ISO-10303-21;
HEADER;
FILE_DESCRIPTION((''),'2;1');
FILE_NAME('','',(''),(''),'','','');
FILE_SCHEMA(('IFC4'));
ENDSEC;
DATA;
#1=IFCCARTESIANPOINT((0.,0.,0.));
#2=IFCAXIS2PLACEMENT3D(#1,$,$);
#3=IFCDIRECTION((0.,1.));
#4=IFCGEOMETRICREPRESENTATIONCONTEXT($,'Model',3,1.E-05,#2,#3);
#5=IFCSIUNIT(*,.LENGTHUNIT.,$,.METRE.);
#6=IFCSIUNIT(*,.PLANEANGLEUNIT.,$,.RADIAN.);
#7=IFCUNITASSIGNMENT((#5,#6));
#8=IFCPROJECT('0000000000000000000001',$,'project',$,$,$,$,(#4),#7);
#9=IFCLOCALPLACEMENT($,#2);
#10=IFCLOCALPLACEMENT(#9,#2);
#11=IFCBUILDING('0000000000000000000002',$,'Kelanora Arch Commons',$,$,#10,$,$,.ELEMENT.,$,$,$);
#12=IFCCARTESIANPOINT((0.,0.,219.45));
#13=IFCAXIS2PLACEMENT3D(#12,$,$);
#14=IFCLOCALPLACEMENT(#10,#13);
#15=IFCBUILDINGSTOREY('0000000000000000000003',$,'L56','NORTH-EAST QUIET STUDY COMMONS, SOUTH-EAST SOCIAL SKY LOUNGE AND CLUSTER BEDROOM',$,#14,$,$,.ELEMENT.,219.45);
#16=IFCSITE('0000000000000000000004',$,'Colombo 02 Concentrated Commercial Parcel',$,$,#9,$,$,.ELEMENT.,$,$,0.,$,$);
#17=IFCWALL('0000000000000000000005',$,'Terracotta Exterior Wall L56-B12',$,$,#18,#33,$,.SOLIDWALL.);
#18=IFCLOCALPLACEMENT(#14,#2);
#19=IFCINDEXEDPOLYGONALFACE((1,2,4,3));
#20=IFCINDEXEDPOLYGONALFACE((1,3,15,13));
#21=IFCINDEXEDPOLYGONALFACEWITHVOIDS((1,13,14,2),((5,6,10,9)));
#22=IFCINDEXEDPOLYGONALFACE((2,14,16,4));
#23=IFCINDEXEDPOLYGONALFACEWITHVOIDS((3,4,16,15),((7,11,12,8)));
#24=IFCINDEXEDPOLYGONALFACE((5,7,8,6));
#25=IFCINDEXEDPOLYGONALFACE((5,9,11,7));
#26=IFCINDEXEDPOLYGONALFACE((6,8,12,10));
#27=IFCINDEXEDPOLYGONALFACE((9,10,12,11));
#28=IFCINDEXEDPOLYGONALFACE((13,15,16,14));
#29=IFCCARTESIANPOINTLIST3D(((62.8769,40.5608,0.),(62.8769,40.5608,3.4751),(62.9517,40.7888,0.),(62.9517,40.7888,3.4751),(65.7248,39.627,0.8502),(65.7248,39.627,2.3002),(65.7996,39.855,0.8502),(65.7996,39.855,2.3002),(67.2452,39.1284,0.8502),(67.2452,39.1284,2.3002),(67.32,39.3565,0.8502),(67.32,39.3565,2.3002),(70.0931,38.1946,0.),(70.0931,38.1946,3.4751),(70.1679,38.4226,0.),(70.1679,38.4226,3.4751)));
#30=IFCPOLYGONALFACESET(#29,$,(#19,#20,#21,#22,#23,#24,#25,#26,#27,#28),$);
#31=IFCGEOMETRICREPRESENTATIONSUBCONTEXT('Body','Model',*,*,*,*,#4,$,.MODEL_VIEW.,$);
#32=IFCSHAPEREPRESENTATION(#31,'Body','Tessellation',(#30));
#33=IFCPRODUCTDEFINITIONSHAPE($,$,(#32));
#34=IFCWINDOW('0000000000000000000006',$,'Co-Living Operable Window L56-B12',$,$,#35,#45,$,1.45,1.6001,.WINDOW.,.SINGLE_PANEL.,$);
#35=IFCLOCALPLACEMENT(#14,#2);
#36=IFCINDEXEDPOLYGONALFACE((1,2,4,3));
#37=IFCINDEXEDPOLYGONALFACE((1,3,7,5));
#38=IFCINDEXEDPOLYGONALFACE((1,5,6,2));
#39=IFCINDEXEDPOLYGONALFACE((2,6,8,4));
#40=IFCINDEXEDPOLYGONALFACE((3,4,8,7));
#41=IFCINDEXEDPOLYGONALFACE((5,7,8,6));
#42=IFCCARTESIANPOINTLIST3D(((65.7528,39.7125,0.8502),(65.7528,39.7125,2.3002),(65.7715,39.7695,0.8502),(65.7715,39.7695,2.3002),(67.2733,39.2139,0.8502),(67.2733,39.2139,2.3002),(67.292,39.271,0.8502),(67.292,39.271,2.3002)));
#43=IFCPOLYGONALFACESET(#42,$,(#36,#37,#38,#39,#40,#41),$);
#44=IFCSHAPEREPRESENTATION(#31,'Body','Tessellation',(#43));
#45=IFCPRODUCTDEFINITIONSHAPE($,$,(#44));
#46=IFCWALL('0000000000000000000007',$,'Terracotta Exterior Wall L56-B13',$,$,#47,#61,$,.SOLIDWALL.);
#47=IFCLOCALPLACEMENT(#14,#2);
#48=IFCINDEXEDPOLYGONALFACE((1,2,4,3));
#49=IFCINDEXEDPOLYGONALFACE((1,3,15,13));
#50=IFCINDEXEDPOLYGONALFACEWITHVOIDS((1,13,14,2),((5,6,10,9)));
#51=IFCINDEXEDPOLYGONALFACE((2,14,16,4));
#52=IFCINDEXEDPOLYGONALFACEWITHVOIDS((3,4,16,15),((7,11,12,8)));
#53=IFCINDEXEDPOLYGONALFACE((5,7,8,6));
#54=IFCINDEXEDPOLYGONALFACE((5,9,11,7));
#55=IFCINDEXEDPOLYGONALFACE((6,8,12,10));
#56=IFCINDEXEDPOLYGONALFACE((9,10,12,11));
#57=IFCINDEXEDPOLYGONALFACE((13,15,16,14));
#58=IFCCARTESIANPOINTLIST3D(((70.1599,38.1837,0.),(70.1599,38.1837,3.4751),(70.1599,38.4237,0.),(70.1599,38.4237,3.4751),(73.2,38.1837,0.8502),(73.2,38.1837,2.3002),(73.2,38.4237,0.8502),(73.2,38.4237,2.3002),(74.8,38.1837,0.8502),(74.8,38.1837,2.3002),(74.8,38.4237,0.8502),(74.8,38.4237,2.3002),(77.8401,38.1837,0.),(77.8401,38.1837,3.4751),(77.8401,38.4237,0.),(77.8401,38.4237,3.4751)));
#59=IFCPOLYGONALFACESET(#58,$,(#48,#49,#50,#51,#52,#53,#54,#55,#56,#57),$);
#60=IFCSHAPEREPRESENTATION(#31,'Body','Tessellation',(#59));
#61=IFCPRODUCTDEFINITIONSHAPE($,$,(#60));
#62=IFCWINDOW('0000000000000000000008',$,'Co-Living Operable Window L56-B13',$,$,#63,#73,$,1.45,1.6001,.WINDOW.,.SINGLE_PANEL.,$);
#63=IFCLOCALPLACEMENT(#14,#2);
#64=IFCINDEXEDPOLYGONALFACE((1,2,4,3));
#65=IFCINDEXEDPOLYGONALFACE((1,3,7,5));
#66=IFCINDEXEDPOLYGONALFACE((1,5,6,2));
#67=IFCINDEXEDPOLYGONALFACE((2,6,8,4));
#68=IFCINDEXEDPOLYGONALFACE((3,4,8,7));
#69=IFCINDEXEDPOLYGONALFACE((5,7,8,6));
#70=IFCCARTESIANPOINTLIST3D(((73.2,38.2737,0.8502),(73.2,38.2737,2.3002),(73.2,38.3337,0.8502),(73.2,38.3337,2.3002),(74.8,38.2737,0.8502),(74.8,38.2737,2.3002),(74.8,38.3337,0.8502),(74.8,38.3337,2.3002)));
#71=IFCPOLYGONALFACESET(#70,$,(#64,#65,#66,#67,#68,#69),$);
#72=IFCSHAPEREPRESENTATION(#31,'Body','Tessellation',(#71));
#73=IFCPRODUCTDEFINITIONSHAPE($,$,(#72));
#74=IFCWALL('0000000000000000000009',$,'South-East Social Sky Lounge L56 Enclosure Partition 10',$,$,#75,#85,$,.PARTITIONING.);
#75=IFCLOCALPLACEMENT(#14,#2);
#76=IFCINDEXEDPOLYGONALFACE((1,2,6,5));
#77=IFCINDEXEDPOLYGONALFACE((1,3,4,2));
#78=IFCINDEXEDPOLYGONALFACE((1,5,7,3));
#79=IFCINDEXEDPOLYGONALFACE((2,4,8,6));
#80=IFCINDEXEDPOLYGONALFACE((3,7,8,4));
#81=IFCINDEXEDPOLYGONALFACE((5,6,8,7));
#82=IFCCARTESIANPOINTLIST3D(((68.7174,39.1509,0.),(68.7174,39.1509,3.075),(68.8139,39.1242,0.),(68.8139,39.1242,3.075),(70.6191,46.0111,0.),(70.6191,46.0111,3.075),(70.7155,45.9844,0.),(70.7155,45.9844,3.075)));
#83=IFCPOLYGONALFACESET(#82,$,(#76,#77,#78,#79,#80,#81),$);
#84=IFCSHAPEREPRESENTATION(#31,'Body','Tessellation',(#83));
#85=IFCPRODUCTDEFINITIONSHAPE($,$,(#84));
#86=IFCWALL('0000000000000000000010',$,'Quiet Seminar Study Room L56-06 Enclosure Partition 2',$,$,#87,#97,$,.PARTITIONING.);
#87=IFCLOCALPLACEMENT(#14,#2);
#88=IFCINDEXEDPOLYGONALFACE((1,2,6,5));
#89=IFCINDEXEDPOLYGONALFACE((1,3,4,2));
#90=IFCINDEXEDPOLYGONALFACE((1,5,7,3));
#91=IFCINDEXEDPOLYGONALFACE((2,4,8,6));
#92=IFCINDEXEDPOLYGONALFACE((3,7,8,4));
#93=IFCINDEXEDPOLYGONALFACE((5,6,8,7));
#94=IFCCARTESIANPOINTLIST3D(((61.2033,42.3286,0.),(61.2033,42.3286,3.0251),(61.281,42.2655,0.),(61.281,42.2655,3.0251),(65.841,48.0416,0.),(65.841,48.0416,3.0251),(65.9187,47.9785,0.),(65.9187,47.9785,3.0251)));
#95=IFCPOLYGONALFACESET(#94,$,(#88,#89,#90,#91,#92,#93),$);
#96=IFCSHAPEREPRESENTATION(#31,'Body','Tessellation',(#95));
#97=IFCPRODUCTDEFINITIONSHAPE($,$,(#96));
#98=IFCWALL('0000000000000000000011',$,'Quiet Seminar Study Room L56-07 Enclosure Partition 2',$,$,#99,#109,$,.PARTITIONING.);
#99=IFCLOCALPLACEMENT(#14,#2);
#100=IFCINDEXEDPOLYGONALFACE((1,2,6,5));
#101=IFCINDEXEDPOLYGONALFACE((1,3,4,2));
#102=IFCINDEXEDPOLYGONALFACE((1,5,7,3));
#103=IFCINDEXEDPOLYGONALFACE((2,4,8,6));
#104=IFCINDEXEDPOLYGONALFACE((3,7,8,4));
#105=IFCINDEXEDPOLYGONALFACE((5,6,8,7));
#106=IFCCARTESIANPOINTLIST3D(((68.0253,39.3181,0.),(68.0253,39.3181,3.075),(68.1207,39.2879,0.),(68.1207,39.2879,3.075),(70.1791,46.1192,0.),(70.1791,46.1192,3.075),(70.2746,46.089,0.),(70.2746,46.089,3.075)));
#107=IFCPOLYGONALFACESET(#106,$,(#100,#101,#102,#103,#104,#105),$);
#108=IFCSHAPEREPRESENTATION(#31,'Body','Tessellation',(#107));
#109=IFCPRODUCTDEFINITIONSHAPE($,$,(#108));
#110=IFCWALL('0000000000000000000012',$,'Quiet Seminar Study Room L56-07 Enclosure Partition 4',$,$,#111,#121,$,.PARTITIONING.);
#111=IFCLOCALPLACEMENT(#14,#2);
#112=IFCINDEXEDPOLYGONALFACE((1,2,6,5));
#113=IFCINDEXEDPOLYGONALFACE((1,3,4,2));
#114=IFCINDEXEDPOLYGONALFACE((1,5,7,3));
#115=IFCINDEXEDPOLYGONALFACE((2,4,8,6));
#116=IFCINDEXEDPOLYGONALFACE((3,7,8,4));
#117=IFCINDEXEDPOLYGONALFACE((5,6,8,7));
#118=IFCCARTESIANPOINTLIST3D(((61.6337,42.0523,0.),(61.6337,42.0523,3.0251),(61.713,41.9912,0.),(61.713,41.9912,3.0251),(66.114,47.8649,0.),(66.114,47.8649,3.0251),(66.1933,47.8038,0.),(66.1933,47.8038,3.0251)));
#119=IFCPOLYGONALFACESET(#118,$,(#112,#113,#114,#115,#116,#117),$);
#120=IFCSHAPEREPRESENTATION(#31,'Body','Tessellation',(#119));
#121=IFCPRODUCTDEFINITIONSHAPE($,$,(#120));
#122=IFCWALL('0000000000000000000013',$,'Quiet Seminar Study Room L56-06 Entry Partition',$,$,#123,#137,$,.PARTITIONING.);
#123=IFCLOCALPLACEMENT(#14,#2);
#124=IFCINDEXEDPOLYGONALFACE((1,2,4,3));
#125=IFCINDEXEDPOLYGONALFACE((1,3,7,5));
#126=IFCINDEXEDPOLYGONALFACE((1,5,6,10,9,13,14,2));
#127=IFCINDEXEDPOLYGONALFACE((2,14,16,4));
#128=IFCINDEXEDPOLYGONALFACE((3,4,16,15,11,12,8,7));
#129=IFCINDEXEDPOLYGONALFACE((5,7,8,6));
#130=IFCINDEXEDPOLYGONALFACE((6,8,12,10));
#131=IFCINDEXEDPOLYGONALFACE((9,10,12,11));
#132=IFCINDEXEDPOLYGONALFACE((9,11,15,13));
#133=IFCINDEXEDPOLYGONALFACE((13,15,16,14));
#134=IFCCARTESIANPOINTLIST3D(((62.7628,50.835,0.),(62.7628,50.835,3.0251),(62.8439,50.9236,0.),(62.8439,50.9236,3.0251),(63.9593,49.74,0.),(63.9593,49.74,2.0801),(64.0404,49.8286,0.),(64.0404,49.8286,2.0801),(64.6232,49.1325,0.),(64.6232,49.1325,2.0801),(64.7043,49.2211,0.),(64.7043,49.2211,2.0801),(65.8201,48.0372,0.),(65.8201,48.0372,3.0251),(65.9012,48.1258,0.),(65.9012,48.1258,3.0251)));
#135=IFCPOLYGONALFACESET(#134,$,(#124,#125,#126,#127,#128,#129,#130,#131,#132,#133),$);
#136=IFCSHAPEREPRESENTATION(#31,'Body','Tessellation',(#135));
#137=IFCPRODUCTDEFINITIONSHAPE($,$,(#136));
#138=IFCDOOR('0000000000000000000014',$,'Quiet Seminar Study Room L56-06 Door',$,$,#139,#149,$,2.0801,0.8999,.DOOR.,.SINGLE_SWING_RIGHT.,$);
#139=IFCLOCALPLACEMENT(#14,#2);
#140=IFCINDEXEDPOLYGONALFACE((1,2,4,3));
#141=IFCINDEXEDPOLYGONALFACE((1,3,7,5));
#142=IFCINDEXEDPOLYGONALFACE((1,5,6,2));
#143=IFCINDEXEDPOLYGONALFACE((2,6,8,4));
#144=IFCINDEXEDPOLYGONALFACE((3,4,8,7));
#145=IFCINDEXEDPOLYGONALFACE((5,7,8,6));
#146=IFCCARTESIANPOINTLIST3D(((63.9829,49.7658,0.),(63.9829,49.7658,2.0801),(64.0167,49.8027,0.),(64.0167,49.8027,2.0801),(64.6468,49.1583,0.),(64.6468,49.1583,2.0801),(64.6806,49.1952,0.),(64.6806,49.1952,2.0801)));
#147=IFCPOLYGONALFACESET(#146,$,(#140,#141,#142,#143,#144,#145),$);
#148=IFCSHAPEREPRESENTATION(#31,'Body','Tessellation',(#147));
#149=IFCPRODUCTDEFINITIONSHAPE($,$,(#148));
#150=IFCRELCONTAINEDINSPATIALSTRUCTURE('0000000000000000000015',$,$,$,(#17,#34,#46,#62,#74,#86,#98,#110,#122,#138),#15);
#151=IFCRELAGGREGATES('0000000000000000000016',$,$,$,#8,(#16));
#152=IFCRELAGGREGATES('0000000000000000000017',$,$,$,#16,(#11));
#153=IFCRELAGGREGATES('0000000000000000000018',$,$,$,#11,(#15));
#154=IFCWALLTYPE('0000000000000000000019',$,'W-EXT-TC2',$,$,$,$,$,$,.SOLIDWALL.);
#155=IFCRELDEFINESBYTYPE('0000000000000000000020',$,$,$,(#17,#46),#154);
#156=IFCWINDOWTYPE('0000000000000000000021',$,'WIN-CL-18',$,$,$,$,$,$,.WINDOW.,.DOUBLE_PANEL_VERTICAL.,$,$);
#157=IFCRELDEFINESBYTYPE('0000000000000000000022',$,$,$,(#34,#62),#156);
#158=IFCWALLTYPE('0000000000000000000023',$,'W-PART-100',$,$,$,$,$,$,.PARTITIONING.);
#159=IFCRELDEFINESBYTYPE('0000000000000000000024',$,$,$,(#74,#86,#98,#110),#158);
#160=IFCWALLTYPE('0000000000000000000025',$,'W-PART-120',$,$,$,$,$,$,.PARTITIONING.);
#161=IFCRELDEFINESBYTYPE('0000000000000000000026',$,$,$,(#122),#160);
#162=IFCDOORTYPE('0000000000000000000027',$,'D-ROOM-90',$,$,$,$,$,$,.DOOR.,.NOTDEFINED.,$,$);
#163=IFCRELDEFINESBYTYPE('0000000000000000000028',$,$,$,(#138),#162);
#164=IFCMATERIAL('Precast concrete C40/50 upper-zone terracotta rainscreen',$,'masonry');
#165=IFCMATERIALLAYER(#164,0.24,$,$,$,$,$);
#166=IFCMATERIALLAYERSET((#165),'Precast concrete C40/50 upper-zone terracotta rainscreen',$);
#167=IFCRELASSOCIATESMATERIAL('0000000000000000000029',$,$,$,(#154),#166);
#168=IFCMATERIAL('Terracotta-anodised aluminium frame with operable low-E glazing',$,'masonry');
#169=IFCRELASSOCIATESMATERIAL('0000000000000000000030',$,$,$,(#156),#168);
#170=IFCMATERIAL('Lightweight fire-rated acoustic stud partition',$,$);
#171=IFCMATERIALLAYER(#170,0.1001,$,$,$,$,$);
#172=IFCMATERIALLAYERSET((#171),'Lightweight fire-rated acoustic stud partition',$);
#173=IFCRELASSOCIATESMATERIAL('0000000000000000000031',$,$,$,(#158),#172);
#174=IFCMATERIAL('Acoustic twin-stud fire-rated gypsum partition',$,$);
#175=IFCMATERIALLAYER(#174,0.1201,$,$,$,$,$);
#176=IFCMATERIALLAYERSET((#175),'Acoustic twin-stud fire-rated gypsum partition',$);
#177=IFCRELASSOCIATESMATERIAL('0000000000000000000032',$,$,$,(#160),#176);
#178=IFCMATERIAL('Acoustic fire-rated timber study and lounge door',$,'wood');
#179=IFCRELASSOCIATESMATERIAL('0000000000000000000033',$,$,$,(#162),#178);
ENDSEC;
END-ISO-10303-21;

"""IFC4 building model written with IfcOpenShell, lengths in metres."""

from ifc_helpers import new_model, si_unit, direction, frame, frame_2d, origin, place, context, subcontext, project, spatial, rectangle, extrude, material, layer, layer_set, type_object, element, fill, save


model = new_model("IFC4")

# Units and contexts
model_context = context("Model", 3, precision=1e-05, world=origin(), true_north=direction((0.0, 1.0)))
body_context = subcontext(model_context, "Body", "Model", "MODEL_VIEW")
ifc_project = project(units=[si_unit("LENGTHUNIT", "METRE"), si_unit("PLANEANGLEUNIT", "RADIAN")], contexts=[model_context])

# Site, building, storey
site_placement = place(None, origin())
site = spatial("IfcSite", under=ifc_project, at=site_placement, Name="Colombo 02 Concentrated Commercial Parcel", CompositionType="ELEMENT", RefElevation=0.0)
building_placement = place(site_placement, origin())
building = spatial("IfcBuilding", under=site, at=building_placement, Name="Kelanora Arch Commons", CompositionType="ELEMENT")
storey_placement = place(building_placement, frame((0.0, 0.0, 219.45)))
storey = spatial("IfcBuildingStorey", under=building, at=storey_placement, Name="L56", Description="NORTH-EAST QUIET STUDY COMMONS, SOUTH-EAST SOCIAL SKY LOUNGE AND CLUSTER BEDROOM", CompositionType="ELEMENT", Elevation=219.45)

# Walls, openings, windows
ifc_material_1 = material(Name="Precast concrete C40/50 upper-zone terracotta rainscreen", Category="masonry")
ifc_layer_1 = layer(ifc_material_1, 0.24)
ifc_layer_set_1 = layer_set([ifc_layer_1], Name="Precast concrete C40/50 upper-zone terracotta rainscreen")
wall_type_1 = type_object("IfcWallType", Name="W-EXT-TC2", PredefinedType="SOLIDWALL", material=ifc_layer_set_1)
wall_1_placement = place(storey_placement, frame((62.9143, 40.6748, 0.0), z_axis=(0.0, 0.0, 1.0), x_axis=(0.950221, -0.311575, 0.0)))
wall_1 = element("IfcWall", 1, at=wall_1_placement, inside=storey, type_object=wall_type_1, Name="Terracotta Exterior Wall L56-B12", PredefinedType="SOLIDWALL", context=body_context, shape_type="SweptSolid", body=[
    extrude(rectangle(XDim=7.5942, YDim=0.24, at=frame_2d((3.7971, 0.0))), origin(), (0.0, 0.0, 1.0), 3.4751),
])
opening_1_placement = place(wall_1_placement, frame((2.9971, 0.0, 0.8501)))
opening_1 = element("IfcOpeningElement", 2, at=opening_1_placement, cuts=wall_1, PredefinedType="OPENING", context=body_context, shape_type="SweptSolid", body=[
    extrude(rectangle(XDim=1.6001, YDim=1.45, at=frame_2d((0.8, 0.7251))), frame((0.0, 0.1299, 0.0), z_axis=(0.0, -1.0, 0.0), x_axis=(1.0, 0.0, 0.0)), (0.0, 0.0, 1.0), 0.26),
])
ifc_material_2 = material(Name="Terracotta-anodised aluminium frame with operable low-E glazing", Category="masonry")
window_type = type_object("IfcWindowType", Name="WIN-CL-18", PartitioningType="DOUBLE_PANEL_VERTICAL", PredefinedType="WINDOW", material=ifc_material_2)
window_1_placement = place(opening_1_placement, origin())
window_1 = element("IfcWindow", 3, at=window_1_placement, inside=storey, type_object=window_type, Name="Co-Living Operable Window L56-B12", OverallHeight=1.45, OverallWidth=1.6001, PartitioningType="SINGLE_PANEL", PredefinedType="WINDOW", context=body_context, shape_type="SweptSolid", body=[
    extrude(rectangle(XDim=1.6001, YDim=1.45, at=frame_2d((0.8, 0.7251))), frame((0.0, 0.03, 0.0), z_axis=(0.0, -1.0, 0.0), x_axis=(1.0, 0.0, 0.0)), (0.0, 0.0, 1.0), 0.0601),
])
fill(opening_1, window_1)
wall_2_placement = place(storey_placement, frame((70.1599, 38.3037, 0.0), z_axis=(0.0, 0.0, 1.0), x_axis=(1.0, 0.0, 0.0)))
wall_2 = element("IfcWall", 4, at=wall_2_placement, inside=storey, type_object=wall_type_1, Name="Terracotta Exterior Wall L56-B13", PredefinedType="SOLIDWALL", context=body_context, shape_type="SweptSolid", body=[
    extrude(rectangle(XDim=7.6802, YDim=0.24, at=frame_2d((3.8401, 0.0))), origin(), (0.0, 0.0, 1.0), 3.4751),
])
opening_2_placement = place(wall_2_placement, frame((3.04, 0.0, 0.8501)))
opening_2 = element("IfcOpeningElement", 5, at=opening_2_placement, cuts=wall_2, PredefinedType="OPENING", context=body_context, shape_type="SweptSolid", body=[
    extrude(rectangle(XDim=1.6001, YDim=1.45, at=frame_2d((0.8, 0.7251))), frame((0.0, 0.1299, 0.0), z_axis=(0.0, -1.0, 0.0), x_axis=(1.0, 0.0, 0.0)), (0.0, 0.0, 1.0), 0.26),
])
window_2_placement = place(opening_2_placement, origin())
window_2 = element("IfcWindow", 6, at=window_2_placement, inside=storey, type_object=window_type, Name="Co-Living Operable Window L56-B13", OverallHeight=1.45, OverallWidth=1.6001, PartitioningType="SINGLE_PANEL", PredefinedType="WINDOW", context=body_context, shape_type="SweptSolid", body=[
    extrude(rectangle(XDim=1.6001, YDim=1.45, at=frame_2d((0.8, 0.7251))), frame((0.0, 0.03, 0.0), z_axis=(0.0, -1.0, 0.0), x_axis=(1.0, 0.0, 0.0)), (0.0, 0.0, 1.0), 0.0601),
])
fill(opening_2, window_2)

# Walls
ifc_material_3 = material(Name="Lightweight fire-rated acoustic stud partition")
ifc_layer_2 = layer(ifc_material_3, 0.1001)
ifc_layer_set_2 = layer_set([ifc_layer_2], Name="Lightweight fire-rated acoustic stud partition")
wall_type_2 = type_object("IfcWallType", Name="W-PART-100", PredefinedType="PARTITIONING", material=ifc_layer_set_2)
wall_3_placement = place(storey_placement, frame((68.7656, 39.1375, 0.0), z_axis=(0.0, 0.0, 1.0), x_axis=(0.267126, 0.963662, 0.0)))
element("IfcWall", 7, at=wall_3_placement, inside=storey, type_object=wall_type_2, Name="South-East Social Sky Lounge L56 Enclosure Partition 10", PredefinedType="PARTITIONING", context=body_context, shape_type="SweptSolid", body=[
    extrude(rectangle(XDim=7.1189, YDim=0.1001, at=frame_2d((3.5596, 0.0))), origin(), (0.0, 0.0, 1.0), 3.075),
])
wall_4_placement = place(storey_placement, frame((65.8799, 48.01, 0.0), z_axis=(0.0, 0.0, 1.0), x_axis=(-0.630263, -0.776382, 0.0)))
element("IfcWall", 8, at=wall_4_placement, inside=storey, type_object=wall_type_2, Name="Quiet Seminar Study Room L56-06 Enclosure Partition 2", PredefinedType="PARTITIONING", context=body_context, shape_type="SweptSolid", body=[
    extrude(rectangle(XDim=7.3584, YDim=0.1001, at=frame_2d((3.6792, 0.0))), origin(), (0.0, 0.0, 1.0), 3.0251),
])
wall_5_placement = place(storey_placement, frame((70.2268, 46.104, 0.0), z_axis=(0.0, 0.0, 1.0), x_axis=(-0.301911, -0.953336, 0.0)))
element("IfcWall", 9, at=wall_5_placement, inside=storey, type_object=wall_type_2, Name="Quiet Seminar Study Room L56-07 Enclosure Partition 2", PredefinedType="PARTITIONING", context=body_context, shape_type="SweptSolid", body=[
    extrude(rectangle(XDim=7.134, YDim=0.1001, at=frame_2d((3.5669, 0.0))), origin(), (0.0, 0.0, 1.0), 3.075),
])
wall_6_placement = place(storey_placement, frame((61.6733, 42.0217, 0.0), z_axis=(0.0, 0.0, 1.0), x_axis=(0.610487, 0.792026, 0.0)))
element("IfcWall", 10, at=wall_6_placement, inside=storey, type_object=wall_type_2, Name="Quiet Seminar Study Room L56-07 Enclosure Partition 4", PredefinedType="PARTITIONING", context=body_context, shape_type="SweptSolid", body=[
    extrude(rectangle(XDim=7.3389, YDim=0.1001, at=frame_2d((3.6694, 0.0))), origin(), (0.0, 0.0, 1.0), 3.0251),
])

# Wall, opening, door
ifc_material_4 = material(Name="Acoustic twin-stud fire-rated gypsum partition")
ifc_layer_3 = layer(ifc_material_4, 0.1201)
ifc_layer_set_3 = layer_set([ifc_layer_3], Name="Acoustic twin-stud fire-rated gypsum partition")
wall_type_3 = type_object("IfcWallType", Name="W-PART-120", PredefinedType="PARTITIONING", material=ifc_layer_set_3)
wall_7_placement = place(storey_placement, frame((62.8032, 50.8794, 0.0), z_axis=(0.0, 0.0, 1.0), x_axis=(0.737724, -0.675103, 0.0)))
wall_7 = element("IfcWall", 11, at=wall_7_placement, inside=storey, type_object=wall_type_3, Name="Quiet Seminar Study Room L56-06 Entry Partition", PredefinedType="PARTITIONING", context=body_context, shape_type="SweptSolid", body=[
    extrude(rectangle(XDim=4.1443, YDim=0.1201, at=frame_2d((2.0723, 0.0))), origin(), (0.0, 0.0, 1.0), 3.0251),
])
opening_3_placement = place(wall_7_placement, frame((1.6221, 0.0, 0.0)))
opening_3 = element("IfcOpeningElement", 12, at=opening_3_placement, cuts=wall_7, PredefinedType="OPENING", context=body_context, shape_type="SweptSolid", body=[
    extrude(rectangle(XDim=0.8999, YDim=2.0801, at=frame_2d((0.45, 1.04))), frame((0.0, 0.0701, 0.0), z_axis=(0.0, -1.0, 0.0), x_axis=(1.0, 0.0, 0.0)), (0.0, 0.0, 1.0), 0.1401),
])
ifc_material_5 = material(Name="Acoustic fire-rated timber study and lounge door", Category="wood")
door_type = type_object("IfcDoorType", Name="D-ROOM-90", OperationType="NOTDEFINED", PredefinedType="DOOR", material=ifc_material_5)
door_1_placement = place(opening_3_placement, origin())
door_1 = element("IfcDoor", 13, at=door_1_placement, inside=storey, type_object=door_type, Name="Quiet Seminar Study Room L56-06 Door", OperationType="SINGLE_SWING_RIGHT", OverallHeight=2.0801, OverallWidth=0.8999, PredefinedType="DOOR", context=body_context, shape_type="SweptSolid", body=[
    extrude(rectangle(XDim=0.8999, YDim=2.0801, at=frame_2d((0.45, 1.04))), frame((0.0, 0.0249, 0.0), z_axis=(0.0, -1.0, 0.0), x_axis=(1.0, 0.0, 0.0)), (0.0, 0.0, 1.0), 0.05),
])
fill(opening_3, door_1)

save(model, "model.ifc")
